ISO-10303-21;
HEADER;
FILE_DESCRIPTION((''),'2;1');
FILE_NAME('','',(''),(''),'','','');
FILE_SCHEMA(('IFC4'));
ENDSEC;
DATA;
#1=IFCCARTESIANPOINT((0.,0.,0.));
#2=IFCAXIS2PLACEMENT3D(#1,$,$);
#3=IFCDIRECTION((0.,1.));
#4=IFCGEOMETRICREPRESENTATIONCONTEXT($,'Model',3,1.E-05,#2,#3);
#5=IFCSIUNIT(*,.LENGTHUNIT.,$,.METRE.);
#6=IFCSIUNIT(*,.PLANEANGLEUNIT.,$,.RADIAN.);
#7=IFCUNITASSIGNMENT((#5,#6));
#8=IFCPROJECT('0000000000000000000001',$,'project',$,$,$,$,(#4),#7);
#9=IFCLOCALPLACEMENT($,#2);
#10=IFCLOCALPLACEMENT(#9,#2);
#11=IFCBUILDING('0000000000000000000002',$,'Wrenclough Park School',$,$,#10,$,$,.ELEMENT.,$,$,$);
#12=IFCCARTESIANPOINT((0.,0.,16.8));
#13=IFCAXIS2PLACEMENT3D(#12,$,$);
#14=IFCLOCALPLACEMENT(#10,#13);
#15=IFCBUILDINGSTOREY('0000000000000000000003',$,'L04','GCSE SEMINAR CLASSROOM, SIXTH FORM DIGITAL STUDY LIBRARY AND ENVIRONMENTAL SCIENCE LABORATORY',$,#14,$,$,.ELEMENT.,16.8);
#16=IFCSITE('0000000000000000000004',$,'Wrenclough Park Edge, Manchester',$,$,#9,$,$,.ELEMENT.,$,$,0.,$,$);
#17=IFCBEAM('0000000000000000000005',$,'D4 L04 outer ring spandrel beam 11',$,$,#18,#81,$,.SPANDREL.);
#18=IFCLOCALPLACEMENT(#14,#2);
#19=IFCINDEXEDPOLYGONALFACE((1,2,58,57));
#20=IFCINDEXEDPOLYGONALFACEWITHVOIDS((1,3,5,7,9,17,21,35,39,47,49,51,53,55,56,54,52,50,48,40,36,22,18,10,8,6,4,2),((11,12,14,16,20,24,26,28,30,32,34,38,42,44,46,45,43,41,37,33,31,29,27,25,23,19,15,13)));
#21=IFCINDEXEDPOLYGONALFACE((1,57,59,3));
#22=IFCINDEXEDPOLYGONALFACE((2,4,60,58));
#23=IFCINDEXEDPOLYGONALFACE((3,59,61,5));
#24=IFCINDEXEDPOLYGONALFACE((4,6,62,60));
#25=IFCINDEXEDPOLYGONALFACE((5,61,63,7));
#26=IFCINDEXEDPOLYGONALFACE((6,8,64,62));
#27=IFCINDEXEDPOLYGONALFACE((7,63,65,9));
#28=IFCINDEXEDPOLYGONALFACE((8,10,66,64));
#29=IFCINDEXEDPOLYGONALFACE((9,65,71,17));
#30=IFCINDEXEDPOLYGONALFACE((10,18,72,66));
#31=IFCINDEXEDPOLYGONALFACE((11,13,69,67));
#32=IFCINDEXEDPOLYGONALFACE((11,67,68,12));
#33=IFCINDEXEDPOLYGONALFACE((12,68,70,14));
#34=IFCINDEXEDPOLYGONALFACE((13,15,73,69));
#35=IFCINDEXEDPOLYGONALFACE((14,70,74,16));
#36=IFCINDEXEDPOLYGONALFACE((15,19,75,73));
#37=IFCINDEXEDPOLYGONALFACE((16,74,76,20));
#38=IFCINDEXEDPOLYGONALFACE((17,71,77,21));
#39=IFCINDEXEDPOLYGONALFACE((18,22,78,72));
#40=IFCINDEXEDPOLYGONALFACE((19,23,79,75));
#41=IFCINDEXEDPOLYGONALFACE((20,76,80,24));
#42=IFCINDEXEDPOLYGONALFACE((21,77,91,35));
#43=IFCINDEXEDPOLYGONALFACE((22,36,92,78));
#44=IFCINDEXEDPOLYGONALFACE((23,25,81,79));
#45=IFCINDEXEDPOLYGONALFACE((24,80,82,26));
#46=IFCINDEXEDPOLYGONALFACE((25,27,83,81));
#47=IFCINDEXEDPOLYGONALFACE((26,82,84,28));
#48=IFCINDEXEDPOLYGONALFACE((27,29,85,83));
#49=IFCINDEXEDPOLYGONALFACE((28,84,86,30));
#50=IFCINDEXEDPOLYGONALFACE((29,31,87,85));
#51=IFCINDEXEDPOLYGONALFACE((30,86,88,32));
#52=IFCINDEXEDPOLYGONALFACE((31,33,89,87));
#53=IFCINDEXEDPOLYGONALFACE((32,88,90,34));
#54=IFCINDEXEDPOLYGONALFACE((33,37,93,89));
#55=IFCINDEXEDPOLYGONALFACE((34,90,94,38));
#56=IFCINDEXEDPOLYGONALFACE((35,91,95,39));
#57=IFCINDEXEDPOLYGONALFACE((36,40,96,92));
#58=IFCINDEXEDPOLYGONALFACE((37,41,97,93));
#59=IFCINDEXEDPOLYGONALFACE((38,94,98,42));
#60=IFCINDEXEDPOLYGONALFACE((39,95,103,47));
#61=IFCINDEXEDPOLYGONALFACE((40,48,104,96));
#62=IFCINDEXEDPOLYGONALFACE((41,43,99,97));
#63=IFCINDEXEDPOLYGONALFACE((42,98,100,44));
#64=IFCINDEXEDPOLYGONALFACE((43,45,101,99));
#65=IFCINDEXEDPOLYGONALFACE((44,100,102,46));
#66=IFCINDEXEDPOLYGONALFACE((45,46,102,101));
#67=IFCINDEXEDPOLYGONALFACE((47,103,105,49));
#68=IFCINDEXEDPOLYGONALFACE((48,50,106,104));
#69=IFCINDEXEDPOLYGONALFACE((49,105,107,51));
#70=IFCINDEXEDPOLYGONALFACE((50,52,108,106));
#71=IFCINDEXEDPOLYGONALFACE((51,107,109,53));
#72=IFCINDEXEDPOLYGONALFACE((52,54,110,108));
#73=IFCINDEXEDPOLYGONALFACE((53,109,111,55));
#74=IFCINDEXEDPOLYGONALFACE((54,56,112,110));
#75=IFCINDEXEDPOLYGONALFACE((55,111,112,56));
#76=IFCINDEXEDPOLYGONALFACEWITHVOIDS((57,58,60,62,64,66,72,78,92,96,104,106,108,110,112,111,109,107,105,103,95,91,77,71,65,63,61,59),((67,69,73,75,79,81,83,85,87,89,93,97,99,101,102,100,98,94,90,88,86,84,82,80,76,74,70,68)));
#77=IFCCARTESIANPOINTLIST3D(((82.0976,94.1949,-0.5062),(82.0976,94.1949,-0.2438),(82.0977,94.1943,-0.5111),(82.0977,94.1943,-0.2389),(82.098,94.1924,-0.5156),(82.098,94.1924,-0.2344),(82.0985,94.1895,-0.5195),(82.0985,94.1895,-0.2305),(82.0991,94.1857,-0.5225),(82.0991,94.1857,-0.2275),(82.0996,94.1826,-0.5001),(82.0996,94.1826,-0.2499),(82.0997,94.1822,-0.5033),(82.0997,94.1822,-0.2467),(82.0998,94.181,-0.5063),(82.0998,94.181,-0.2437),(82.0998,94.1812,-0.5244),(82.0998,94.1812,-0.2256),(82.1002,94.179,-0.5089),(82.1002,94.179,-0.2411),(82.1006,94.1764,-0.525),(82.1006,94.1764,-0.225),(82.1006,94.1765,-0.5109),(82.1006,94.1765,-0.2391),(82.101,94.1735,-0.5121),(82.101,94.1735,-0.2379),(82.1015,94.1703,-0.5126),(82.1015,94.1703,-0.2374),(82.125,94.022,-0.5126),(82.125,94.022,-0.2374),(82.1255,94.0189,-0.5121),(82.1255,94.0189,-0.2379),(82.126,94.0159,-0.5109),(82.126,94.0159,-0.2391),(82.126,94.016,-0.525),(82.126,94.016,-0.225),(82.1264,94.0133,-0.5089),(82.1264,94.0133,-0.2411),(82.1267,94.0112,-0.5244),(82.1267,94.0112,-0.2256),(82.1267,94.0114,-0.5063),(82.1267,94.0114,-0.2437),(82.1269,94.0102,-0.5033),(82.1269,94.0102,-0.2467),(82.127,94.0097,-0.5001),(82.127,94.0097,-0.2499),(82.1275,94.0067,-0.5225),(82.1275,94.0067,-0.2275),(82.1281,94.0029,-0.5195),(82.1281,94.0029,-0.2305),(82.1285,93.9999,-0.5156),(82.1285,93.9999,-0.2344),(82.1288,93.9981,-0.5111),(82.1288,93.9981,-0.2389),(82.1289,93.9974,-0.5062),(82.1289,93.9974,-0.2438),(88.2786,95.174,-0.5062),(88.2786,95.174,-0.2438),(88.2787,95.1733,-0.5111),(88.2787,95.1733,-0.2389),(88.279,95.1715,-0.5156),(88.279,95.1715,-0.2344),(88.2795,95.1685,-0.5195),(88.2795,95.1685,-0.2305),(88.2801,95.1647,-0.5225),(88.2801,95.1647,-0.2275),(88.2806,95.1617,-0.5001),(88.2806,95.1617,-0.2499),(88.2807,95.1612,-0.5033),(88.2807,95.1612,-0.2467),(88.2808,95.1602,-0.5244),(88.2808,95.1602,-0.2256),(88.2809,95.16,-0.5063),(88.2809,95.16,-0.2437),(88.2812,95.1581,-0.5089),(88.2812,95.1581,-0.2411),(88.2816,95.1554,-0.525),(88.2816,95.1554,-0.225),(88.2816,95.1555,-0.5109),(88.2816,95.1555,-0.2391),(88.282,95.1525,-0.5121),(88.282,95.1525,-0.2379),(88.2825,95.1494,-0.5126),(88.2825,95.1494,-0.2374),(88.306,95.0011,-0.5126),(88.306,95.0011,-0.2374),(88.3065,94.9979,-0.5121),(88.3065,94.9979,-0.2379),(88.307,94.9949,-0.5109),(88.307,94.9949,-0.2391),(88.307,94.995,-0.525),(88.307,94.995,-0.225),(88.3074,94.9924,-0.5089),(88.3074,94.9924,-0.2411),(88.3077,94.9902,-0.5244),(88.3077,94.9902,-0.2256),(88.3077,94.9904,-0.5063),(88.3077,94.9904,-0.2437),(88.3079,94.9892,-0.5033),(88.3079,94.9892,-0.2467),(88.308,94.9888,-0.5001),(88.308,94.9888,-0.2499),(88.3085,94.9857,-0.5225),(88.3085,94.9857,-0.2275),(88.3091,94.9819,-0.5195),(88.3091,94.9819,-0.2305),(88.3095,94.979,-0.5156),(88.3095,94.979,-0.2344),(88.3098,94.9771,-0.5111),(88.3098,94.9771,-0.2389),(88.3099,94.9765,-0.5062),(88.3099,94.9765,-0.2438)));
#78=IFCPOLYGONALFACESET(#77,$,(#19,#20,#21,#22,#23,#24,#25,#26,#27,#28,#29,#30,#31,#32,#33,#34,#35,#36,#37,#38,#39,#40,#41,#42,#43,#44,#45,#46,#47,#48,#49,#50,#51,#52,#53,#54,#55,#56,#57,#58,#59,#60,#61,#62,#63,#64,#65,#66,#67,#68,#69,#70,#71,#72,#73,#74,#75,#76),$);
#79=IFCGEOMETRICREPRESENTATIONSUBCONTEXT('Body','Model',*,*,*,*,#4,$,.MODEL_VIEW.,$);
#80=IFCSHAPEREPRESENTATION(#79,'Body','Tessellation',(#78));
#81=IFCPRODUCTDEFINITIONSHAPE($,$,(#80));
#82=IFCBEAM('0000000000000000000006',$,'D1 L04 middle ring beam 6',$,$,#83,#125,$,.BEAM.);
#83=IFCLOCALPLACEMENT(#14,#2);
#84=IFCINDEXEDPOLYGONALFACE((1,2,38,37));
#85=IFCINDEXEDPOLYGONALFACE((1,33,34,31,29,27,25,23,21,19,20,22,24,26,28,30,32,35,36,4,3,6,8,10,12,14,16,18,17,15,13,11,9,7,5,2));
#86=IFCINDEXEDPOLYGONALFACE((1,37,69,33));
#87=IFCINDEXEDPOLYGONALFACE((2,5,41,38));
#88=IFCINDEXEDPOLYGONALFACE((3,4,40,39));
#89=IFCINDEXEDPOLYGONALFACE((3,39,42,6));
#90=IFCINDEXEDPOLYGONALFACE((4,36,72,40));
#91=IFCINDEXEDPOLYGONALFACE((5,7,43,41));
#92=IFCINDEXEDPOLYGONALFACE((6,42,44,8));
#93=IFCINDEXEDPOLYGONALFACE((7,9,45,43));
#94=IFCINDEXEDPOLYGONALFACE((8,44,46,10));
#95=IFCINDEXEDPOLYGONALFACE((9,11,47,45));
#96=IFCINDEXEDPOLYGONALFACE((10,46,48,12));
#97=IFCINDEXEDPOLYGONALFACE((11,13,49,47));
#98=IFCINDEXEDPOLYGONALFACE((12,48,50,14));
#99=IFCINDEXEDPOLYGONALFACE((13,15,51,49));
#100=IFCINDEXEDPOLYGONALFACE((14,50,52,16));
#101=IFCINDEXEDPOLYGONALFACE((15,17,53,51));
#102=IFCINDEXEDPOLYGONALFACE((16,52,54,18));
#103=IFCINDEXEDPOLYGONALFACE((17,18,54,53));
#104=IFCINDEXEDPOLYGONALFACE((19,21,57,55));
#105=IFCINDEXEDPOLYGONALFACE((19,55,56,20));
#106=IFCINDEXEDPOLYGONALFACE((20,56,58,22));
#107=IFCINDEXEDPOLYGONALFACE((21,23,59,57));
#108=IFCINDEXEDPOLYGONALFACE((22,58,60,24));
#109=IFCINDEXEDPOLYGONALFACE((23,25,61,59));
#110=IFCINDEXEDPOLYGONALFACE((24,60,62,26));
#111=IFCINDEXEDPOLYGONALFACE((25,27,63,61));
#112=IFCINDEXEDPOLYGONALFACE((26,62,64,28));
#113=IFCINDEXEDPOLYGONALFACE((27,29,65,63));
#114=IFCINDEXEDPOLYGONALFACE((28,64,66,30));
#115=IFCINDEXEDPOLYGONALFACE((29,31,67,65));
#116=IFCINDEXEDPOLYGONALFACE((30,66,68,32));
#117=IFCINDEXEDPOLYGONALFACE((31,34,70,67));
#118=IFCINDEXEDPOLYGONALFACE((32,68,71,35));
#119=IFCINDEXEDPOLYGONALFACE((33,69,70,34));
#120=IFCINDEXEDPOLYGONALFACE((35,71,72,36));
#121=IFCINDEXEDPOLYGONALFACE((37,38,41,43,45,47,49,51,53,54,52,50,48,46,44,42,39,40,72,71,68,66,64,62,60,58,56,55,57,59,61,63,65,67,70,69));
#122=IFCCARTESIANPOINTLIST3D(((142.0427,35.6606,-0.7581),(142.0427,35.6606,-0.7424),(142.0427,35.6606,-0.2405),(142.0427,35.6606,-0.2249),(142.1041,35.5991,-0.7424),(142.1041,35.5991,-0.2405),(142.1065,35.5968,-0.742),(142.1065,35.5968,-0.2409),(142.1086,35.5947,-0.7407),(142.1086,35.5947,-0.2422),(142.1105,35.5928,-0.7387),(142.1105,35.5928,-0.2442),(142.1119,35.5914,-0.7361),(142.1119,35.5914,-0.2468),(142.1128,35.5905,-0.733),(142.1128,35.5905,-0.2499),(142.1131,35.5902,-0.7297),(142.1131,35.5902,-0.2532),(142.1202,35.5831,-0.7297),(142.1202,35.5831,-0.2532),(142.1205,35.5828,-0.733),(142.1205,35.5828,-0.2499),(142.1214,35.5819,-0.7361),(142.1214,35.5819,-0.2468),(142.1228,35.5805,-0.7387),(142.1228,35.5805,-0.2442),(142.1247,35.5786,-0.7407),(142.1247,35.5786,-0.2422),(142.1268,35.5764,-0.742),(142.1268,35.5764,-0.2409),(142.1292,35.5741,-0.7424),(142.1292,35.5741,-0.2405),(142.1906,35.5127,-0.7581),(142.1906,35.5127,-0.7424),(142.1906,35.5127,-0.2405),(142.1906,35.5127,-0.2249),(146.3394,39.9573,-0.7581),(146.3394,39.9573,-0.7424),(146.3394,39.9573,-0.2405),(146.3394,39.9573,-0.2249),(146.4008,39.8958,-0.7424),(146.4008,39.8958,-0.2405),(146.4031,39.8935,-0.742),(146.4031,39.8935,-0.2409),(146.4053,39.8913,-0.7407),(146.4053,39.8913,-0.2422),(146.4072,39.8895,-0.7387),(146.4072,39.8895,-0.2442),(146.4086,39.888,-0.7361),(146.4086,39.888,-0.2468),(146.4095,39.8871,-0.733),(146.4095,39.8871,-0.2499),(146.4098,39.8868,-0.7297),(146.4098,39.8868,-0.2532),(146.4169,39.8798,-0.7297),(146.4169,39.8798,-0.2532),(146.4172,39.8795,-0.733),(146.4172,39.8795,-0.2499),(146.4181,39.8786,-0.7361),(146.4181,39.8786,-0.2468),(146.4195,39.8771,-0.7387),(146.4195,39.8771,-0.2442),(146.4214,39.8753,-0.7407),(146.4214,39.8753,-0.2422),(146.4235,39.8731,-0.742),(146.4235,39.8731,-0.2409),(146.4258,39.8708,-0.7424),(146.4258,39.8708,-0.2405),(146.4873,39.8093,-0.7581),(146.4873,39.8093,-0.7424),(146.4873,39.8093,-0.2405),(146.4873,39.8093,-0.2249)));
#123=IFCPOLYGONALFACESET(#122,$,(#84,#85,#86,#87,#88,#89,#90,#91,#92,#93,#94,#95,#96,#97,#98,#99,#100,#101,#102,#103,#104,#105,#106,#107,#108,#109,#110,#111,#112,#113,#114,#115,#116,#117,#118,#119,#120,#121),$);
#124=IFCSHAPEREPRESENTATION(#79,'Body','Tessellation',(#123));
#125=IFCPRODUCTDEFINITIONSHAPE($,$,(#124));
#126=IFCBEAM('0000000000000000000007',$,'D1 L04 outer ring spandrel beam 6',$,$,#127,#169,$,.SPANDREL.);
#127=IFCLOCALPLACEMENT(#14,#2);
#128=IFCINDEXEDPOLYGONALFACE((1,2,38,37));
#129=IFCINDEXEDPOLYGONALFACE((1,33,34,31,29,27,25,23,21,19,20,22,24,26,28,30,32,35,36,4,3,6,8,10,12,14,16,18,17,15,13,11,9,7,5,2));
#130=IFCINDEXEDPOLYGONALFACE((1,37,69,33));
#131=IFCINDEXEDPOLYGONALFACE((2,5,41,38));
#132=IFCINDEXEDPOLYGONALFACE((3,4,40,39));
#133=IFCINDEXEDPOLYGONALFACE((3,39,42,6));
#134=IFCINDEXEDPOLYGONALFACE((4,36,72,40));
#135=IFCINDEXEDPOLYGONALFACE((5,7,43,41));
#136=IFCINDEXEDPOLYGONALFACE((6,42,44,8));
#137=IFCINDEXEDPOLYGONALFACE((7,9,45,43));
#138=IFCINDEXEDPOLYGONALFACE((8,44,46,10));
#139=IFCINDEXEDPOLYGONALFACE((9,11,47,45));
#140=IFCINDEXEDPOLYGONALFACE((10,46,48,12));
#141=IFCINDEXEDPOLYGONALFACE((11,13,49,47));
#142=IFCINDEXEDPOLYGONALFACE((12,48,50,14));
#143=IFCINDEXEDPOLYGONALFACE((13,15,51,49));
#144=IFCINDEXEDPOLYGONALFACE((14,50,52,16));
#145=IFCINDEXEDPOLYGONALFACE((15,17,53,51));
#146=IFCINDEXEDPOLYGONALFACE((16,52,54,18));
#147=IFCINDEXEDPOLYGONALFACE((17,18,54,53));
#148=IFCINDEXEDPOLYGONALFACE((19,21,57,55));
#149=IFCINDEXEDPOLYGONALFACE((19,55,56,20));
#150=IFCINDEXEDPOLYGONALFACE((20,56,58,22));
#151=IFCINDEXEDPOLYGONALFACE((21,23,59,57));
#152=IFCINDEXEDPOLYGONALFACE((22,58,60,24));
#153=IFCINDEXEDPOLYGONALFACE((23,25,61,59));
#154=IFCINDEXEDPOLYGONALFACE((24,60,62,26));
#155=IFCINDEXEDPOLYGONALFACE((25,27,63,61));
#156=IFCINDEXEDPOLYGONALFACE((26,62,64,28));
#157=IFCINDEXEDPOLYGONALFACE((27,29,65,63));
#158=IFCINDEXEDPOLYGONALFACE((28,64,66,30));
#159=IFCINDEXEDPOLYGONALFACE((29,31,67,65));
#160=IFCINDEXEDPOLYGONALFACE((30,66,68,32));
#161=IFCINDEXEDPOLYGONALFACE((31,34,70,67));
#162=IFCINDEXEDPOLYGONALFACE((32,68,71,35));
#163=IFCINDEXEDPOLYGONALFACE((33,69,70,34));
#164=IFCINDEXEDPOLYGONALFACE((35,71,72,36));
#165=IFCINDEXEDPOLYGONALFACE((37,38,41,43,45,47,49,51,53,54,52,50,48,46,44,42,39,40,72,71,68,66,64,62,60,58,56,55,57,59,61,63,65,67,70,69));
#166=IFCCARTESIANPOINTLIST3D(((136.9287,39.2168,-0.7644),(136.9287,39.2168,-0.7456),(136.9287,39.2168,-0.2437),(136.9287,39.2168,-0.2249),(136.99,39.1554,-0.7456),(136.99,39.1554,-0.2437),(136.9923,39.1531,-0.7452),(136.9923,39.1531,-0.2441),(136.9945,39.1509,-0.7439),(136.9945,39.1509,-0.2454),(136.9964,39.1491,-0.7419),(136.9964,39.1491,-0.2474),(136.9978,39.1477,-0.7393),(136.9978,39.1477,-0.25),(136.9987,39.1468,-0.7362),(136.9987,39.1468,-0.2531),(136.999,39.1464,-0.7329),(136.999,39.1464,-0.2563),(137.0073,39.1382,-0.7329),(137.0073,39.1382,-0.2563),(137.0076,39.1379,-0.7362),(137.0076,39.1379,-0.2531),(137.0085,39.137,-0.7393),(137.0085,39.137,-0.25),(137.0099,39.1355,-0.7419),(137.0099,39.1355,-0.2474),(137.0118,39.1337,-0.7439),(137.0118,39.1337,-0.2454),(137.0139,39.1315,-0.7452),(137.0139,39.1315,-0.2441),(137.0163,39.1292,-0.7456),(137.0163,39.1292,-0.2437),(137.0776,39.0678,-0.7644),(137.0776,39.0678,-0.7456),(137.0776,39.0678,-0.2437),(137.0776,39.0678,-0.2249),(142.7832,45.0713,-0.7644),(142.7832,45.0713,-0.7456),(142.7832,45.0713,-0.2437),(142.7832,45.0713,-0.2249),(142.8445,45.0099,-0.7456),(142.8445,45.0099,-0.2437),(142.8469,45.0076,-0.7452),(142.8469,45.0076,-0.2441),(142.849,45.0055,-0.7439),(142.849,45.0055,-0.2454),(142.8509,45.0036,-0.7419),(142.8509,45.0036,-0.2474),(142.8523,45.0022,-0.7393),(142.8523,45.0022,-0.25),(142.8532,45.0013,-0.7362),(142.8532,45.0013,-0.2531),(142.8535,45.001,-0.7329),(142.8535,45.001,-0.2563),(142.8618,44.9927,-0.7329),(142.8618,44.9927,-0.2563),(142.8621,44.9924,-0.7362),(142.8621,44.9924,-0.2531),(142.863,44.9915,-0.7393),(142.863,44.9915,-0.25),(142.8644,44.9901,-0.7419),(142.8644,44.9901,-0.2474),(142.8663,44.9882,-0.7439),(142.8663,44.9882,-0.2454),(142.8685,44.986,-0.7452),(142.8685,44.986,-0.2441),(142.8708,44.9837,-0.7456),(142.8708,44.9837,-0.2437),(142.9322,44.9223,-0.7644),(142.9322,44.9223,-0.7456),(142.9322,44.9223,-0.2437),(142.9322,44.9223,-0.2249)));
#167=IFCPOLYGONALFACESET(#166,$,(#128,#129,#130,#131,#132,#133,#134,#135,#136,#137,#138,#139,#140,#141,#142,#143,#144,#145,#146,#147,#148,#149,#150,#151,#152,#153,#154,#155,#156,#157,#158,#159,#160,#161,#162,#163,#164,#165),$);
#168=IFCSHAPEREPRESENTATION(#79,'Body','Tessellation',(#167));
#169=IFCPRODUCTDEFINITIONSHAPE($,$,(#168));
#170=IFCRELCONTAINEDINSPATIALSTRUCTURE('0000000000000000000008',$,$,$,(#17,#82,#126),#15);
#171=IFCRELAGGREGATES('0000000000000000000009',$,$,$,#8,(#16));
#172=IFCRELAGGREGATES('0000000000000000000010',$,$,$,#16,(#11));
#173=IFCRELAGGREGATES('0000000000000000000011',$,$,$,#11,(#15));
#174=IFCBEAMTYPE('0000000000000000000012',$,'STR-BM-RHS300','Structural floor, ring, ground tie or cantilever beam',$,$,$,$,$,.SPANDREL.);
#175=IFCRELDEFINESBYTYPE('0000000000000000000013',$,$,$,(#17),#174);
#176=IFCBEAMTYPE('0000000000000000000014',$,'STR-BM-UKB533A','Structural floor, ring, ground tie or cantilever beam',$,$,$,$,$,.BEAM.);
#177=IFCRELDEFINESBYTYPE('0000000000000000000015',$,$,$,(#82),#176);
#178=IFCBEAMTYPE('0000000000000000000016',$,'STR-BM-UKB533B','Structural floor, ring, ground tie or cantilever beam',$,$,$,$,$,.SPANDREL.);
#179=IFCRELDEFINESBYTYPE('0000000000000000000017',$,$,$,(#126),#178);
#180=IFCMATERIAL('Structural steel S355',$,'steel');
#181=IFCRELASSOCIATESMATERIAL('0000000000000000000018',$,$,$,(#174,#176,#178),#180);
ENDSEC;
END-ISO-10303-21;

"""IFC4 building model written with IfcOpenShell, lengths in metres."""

from ifc_helpers import new_model, si_unit, direction, frame, origin, origin_2d, place, context, subcontext, project, spatial, hollow_rectangle, i_section, extrude, material, material_profile, profile_set, type_object, element, save


model = new_model("IFC4")

# Units and contexts
model_context = context("Model", 3, precision=1e-05, world=origin(), true_north=direction((0.0, 1.0)))
body_context = subcontext(model_context, "Body", "Model", "MODEL_VIEW")
ifc_project = project(units=[si_unit("LENGTHUNIT", "METRE"), si_unit("PLANEANGLEUNIT", "RADIAN")], contexts=[model_context])

# Site, building, storey
site_placement = place(None, origin())
site = spatial("IfcSite", under=ifc_project, at=site_placement, Name="Wrenclough Park Edge, Manchester", CompositionType="ELEMENT", RefElevation=0.0)
building_placement = place(site_placement, origin())
building = spatial("IfcBuilding", under=site, at=building_placement, Name="Wrenclough Park School", CompositionType="ELEMENT")
storey_placement = place(building_placement, frame((0.0, 0.0, 16.8)))
storey = spatial("IfcBuildingStorey", under=building, at=storey_placement, Name="L04", Description="GCSE SEMINAR CLASSROOM, SIXTH FORM DIGITAL STUDY LIBRARY AND ENVIRONMENTAL SCIENCE LABORATORY", CompositionType="ELEMENT", Elevation=16.8)

# Shared definitions
ifc_material_1 = material(Name="Structural steel S355", Category="steel")

# Beams
ifc_material_profile_1 = material_profile(ifc_material_1, hollow_rectangle(XDim=0.2, YDim=0.3, WallThickness=0.0125, InnerFilletRadius=0.0125, OuterFilletRadius=0.0188, at=origin_2d()), Name="RHS 300x200x12.5")
ifc_profile_set_1 = profile_set([ifc_material_profile_1], Name="Structural steel S355")
beam_type_1 = type_object("IfcBeamType", Name="STR-BM-RHS300", Description="Structural floor, ring, ground tie or cantilever beam", PredefinedType="SPANDREL", material=ifc_profile_set_1)
beam_1_placement = place(storey_placement, frame((82.1133, 94.0962, -0.375), z_axis=(0.987687, 0.156441, 0.0), x_axis=(-0.156441, 0.987687, 0.0)))
element("IfcBeam", 1, at=beam_1_placement, inside=storey, type_object=beam_type_1, Name="D4 L04 outer ring spandrel beam 11", PredefinedType="SPANDREL", context=body_context, shape_type="SweptSolid", body=[
    extrude(hollow_rectangle(XDim=0.2, YDim=0.3, WallThickness=0.0125, InnerFilletRadius=0.0125, OuterFilletRadius=0.0188, at=origin_2d()), origin(), (0.0, 0.0, 1.0), 6.2581),
])
ifc_material_profile_2 = material_profile(ifc_material_1, i_section(OverallWidth=0.2092, OverallDepth=0.5332, WebThickness=0.01, FlangeThickness=0.0156, FilletRadius=0.0127, at=origin_2d()), Name="UKB 533x210x92")
ifc_profile_set_2 = profile_set([ifc_material_profile_2], Name="Structural steel S355")
beam_type_2 = type_object("IfcBeamType", Name="STR-BM-UKB533A", Description="Structural floor, ring, ground tie or cantilever beam", PredefinedType="BEAM", material=ifc_profile_set_2)
beam_2_placement = place(storey_placement, frame((146.4133, 39.8833, -0.4915), z_axis=(-0.707107, -0.707107, 0.0), x_axis=(0.707107, -0.707107, 0.0)))
element("IfcBeam", 2, at=beam_2_placement, inside=storey, type_object=beam_type_2, Name="D1 L04 middle ring beam 6", PredefinedType="BEAM", context=body_context, shape_type="SweptSolid", body=[
    extrude(i_section(OverallWidth=0.2092, OverallDepth=0.5332, WebThickness=0.01, FlangeThickness=0.0156, FilletRadius=0.0127, at=origin_2d()), origin(), (0.0, 0.0, 1.0), 6.0764),
])
ifc_material_profile_3 = material_profile(ifc_material_1, i_section(OverallWidth=0.2107, OverallDepth=0.5396, WebThickness=0.0117, FlangeThickness=0.0188, FilletRadius=0.0127, at=origin_2d()), Name="UKB 533x210x109")
ifc_profile_set_3 = profile_set([ifc_material_profile_3], Name="Structural steel S355")
beam_type_3 = type_object("IfcBeamType", Name="STR-BM-UKB533B", Description="Structural floor, ring, ground tie or cantilever beam", PredefinedType="SPANDREL", material=ifc_profile_set_3)
for number, where, z_axis, x_axis, name in (
    (3, (142.8577, 44.9968, -0.4946), (-0.707107, -0.707107, 0.0), (0.707107, -0.707107, 0.0), "D1 L04 outer ring spandrel beam 6"),
):
    element("IfcBeam", number, at=place(storey_placement, frame(where, z_axis=z_axis, x_axis=x_axis)), inside=storey, type_object=beam_type_3, Name=name, PredefinedType="SPANDREL", context=body_context, shape_type="SweptSolid", body=[
        extrude(i_section(OverallWidth=0.2107, OverallDepth=0.5396, WebThickness=0.0117, FlangeThickness=0.0188, FilletRadius=0.0127, at=origin_2d()), origin(), (0.0, 0.0, 1.0), 8.2795),
    ])

save(model, "model.ifc")
